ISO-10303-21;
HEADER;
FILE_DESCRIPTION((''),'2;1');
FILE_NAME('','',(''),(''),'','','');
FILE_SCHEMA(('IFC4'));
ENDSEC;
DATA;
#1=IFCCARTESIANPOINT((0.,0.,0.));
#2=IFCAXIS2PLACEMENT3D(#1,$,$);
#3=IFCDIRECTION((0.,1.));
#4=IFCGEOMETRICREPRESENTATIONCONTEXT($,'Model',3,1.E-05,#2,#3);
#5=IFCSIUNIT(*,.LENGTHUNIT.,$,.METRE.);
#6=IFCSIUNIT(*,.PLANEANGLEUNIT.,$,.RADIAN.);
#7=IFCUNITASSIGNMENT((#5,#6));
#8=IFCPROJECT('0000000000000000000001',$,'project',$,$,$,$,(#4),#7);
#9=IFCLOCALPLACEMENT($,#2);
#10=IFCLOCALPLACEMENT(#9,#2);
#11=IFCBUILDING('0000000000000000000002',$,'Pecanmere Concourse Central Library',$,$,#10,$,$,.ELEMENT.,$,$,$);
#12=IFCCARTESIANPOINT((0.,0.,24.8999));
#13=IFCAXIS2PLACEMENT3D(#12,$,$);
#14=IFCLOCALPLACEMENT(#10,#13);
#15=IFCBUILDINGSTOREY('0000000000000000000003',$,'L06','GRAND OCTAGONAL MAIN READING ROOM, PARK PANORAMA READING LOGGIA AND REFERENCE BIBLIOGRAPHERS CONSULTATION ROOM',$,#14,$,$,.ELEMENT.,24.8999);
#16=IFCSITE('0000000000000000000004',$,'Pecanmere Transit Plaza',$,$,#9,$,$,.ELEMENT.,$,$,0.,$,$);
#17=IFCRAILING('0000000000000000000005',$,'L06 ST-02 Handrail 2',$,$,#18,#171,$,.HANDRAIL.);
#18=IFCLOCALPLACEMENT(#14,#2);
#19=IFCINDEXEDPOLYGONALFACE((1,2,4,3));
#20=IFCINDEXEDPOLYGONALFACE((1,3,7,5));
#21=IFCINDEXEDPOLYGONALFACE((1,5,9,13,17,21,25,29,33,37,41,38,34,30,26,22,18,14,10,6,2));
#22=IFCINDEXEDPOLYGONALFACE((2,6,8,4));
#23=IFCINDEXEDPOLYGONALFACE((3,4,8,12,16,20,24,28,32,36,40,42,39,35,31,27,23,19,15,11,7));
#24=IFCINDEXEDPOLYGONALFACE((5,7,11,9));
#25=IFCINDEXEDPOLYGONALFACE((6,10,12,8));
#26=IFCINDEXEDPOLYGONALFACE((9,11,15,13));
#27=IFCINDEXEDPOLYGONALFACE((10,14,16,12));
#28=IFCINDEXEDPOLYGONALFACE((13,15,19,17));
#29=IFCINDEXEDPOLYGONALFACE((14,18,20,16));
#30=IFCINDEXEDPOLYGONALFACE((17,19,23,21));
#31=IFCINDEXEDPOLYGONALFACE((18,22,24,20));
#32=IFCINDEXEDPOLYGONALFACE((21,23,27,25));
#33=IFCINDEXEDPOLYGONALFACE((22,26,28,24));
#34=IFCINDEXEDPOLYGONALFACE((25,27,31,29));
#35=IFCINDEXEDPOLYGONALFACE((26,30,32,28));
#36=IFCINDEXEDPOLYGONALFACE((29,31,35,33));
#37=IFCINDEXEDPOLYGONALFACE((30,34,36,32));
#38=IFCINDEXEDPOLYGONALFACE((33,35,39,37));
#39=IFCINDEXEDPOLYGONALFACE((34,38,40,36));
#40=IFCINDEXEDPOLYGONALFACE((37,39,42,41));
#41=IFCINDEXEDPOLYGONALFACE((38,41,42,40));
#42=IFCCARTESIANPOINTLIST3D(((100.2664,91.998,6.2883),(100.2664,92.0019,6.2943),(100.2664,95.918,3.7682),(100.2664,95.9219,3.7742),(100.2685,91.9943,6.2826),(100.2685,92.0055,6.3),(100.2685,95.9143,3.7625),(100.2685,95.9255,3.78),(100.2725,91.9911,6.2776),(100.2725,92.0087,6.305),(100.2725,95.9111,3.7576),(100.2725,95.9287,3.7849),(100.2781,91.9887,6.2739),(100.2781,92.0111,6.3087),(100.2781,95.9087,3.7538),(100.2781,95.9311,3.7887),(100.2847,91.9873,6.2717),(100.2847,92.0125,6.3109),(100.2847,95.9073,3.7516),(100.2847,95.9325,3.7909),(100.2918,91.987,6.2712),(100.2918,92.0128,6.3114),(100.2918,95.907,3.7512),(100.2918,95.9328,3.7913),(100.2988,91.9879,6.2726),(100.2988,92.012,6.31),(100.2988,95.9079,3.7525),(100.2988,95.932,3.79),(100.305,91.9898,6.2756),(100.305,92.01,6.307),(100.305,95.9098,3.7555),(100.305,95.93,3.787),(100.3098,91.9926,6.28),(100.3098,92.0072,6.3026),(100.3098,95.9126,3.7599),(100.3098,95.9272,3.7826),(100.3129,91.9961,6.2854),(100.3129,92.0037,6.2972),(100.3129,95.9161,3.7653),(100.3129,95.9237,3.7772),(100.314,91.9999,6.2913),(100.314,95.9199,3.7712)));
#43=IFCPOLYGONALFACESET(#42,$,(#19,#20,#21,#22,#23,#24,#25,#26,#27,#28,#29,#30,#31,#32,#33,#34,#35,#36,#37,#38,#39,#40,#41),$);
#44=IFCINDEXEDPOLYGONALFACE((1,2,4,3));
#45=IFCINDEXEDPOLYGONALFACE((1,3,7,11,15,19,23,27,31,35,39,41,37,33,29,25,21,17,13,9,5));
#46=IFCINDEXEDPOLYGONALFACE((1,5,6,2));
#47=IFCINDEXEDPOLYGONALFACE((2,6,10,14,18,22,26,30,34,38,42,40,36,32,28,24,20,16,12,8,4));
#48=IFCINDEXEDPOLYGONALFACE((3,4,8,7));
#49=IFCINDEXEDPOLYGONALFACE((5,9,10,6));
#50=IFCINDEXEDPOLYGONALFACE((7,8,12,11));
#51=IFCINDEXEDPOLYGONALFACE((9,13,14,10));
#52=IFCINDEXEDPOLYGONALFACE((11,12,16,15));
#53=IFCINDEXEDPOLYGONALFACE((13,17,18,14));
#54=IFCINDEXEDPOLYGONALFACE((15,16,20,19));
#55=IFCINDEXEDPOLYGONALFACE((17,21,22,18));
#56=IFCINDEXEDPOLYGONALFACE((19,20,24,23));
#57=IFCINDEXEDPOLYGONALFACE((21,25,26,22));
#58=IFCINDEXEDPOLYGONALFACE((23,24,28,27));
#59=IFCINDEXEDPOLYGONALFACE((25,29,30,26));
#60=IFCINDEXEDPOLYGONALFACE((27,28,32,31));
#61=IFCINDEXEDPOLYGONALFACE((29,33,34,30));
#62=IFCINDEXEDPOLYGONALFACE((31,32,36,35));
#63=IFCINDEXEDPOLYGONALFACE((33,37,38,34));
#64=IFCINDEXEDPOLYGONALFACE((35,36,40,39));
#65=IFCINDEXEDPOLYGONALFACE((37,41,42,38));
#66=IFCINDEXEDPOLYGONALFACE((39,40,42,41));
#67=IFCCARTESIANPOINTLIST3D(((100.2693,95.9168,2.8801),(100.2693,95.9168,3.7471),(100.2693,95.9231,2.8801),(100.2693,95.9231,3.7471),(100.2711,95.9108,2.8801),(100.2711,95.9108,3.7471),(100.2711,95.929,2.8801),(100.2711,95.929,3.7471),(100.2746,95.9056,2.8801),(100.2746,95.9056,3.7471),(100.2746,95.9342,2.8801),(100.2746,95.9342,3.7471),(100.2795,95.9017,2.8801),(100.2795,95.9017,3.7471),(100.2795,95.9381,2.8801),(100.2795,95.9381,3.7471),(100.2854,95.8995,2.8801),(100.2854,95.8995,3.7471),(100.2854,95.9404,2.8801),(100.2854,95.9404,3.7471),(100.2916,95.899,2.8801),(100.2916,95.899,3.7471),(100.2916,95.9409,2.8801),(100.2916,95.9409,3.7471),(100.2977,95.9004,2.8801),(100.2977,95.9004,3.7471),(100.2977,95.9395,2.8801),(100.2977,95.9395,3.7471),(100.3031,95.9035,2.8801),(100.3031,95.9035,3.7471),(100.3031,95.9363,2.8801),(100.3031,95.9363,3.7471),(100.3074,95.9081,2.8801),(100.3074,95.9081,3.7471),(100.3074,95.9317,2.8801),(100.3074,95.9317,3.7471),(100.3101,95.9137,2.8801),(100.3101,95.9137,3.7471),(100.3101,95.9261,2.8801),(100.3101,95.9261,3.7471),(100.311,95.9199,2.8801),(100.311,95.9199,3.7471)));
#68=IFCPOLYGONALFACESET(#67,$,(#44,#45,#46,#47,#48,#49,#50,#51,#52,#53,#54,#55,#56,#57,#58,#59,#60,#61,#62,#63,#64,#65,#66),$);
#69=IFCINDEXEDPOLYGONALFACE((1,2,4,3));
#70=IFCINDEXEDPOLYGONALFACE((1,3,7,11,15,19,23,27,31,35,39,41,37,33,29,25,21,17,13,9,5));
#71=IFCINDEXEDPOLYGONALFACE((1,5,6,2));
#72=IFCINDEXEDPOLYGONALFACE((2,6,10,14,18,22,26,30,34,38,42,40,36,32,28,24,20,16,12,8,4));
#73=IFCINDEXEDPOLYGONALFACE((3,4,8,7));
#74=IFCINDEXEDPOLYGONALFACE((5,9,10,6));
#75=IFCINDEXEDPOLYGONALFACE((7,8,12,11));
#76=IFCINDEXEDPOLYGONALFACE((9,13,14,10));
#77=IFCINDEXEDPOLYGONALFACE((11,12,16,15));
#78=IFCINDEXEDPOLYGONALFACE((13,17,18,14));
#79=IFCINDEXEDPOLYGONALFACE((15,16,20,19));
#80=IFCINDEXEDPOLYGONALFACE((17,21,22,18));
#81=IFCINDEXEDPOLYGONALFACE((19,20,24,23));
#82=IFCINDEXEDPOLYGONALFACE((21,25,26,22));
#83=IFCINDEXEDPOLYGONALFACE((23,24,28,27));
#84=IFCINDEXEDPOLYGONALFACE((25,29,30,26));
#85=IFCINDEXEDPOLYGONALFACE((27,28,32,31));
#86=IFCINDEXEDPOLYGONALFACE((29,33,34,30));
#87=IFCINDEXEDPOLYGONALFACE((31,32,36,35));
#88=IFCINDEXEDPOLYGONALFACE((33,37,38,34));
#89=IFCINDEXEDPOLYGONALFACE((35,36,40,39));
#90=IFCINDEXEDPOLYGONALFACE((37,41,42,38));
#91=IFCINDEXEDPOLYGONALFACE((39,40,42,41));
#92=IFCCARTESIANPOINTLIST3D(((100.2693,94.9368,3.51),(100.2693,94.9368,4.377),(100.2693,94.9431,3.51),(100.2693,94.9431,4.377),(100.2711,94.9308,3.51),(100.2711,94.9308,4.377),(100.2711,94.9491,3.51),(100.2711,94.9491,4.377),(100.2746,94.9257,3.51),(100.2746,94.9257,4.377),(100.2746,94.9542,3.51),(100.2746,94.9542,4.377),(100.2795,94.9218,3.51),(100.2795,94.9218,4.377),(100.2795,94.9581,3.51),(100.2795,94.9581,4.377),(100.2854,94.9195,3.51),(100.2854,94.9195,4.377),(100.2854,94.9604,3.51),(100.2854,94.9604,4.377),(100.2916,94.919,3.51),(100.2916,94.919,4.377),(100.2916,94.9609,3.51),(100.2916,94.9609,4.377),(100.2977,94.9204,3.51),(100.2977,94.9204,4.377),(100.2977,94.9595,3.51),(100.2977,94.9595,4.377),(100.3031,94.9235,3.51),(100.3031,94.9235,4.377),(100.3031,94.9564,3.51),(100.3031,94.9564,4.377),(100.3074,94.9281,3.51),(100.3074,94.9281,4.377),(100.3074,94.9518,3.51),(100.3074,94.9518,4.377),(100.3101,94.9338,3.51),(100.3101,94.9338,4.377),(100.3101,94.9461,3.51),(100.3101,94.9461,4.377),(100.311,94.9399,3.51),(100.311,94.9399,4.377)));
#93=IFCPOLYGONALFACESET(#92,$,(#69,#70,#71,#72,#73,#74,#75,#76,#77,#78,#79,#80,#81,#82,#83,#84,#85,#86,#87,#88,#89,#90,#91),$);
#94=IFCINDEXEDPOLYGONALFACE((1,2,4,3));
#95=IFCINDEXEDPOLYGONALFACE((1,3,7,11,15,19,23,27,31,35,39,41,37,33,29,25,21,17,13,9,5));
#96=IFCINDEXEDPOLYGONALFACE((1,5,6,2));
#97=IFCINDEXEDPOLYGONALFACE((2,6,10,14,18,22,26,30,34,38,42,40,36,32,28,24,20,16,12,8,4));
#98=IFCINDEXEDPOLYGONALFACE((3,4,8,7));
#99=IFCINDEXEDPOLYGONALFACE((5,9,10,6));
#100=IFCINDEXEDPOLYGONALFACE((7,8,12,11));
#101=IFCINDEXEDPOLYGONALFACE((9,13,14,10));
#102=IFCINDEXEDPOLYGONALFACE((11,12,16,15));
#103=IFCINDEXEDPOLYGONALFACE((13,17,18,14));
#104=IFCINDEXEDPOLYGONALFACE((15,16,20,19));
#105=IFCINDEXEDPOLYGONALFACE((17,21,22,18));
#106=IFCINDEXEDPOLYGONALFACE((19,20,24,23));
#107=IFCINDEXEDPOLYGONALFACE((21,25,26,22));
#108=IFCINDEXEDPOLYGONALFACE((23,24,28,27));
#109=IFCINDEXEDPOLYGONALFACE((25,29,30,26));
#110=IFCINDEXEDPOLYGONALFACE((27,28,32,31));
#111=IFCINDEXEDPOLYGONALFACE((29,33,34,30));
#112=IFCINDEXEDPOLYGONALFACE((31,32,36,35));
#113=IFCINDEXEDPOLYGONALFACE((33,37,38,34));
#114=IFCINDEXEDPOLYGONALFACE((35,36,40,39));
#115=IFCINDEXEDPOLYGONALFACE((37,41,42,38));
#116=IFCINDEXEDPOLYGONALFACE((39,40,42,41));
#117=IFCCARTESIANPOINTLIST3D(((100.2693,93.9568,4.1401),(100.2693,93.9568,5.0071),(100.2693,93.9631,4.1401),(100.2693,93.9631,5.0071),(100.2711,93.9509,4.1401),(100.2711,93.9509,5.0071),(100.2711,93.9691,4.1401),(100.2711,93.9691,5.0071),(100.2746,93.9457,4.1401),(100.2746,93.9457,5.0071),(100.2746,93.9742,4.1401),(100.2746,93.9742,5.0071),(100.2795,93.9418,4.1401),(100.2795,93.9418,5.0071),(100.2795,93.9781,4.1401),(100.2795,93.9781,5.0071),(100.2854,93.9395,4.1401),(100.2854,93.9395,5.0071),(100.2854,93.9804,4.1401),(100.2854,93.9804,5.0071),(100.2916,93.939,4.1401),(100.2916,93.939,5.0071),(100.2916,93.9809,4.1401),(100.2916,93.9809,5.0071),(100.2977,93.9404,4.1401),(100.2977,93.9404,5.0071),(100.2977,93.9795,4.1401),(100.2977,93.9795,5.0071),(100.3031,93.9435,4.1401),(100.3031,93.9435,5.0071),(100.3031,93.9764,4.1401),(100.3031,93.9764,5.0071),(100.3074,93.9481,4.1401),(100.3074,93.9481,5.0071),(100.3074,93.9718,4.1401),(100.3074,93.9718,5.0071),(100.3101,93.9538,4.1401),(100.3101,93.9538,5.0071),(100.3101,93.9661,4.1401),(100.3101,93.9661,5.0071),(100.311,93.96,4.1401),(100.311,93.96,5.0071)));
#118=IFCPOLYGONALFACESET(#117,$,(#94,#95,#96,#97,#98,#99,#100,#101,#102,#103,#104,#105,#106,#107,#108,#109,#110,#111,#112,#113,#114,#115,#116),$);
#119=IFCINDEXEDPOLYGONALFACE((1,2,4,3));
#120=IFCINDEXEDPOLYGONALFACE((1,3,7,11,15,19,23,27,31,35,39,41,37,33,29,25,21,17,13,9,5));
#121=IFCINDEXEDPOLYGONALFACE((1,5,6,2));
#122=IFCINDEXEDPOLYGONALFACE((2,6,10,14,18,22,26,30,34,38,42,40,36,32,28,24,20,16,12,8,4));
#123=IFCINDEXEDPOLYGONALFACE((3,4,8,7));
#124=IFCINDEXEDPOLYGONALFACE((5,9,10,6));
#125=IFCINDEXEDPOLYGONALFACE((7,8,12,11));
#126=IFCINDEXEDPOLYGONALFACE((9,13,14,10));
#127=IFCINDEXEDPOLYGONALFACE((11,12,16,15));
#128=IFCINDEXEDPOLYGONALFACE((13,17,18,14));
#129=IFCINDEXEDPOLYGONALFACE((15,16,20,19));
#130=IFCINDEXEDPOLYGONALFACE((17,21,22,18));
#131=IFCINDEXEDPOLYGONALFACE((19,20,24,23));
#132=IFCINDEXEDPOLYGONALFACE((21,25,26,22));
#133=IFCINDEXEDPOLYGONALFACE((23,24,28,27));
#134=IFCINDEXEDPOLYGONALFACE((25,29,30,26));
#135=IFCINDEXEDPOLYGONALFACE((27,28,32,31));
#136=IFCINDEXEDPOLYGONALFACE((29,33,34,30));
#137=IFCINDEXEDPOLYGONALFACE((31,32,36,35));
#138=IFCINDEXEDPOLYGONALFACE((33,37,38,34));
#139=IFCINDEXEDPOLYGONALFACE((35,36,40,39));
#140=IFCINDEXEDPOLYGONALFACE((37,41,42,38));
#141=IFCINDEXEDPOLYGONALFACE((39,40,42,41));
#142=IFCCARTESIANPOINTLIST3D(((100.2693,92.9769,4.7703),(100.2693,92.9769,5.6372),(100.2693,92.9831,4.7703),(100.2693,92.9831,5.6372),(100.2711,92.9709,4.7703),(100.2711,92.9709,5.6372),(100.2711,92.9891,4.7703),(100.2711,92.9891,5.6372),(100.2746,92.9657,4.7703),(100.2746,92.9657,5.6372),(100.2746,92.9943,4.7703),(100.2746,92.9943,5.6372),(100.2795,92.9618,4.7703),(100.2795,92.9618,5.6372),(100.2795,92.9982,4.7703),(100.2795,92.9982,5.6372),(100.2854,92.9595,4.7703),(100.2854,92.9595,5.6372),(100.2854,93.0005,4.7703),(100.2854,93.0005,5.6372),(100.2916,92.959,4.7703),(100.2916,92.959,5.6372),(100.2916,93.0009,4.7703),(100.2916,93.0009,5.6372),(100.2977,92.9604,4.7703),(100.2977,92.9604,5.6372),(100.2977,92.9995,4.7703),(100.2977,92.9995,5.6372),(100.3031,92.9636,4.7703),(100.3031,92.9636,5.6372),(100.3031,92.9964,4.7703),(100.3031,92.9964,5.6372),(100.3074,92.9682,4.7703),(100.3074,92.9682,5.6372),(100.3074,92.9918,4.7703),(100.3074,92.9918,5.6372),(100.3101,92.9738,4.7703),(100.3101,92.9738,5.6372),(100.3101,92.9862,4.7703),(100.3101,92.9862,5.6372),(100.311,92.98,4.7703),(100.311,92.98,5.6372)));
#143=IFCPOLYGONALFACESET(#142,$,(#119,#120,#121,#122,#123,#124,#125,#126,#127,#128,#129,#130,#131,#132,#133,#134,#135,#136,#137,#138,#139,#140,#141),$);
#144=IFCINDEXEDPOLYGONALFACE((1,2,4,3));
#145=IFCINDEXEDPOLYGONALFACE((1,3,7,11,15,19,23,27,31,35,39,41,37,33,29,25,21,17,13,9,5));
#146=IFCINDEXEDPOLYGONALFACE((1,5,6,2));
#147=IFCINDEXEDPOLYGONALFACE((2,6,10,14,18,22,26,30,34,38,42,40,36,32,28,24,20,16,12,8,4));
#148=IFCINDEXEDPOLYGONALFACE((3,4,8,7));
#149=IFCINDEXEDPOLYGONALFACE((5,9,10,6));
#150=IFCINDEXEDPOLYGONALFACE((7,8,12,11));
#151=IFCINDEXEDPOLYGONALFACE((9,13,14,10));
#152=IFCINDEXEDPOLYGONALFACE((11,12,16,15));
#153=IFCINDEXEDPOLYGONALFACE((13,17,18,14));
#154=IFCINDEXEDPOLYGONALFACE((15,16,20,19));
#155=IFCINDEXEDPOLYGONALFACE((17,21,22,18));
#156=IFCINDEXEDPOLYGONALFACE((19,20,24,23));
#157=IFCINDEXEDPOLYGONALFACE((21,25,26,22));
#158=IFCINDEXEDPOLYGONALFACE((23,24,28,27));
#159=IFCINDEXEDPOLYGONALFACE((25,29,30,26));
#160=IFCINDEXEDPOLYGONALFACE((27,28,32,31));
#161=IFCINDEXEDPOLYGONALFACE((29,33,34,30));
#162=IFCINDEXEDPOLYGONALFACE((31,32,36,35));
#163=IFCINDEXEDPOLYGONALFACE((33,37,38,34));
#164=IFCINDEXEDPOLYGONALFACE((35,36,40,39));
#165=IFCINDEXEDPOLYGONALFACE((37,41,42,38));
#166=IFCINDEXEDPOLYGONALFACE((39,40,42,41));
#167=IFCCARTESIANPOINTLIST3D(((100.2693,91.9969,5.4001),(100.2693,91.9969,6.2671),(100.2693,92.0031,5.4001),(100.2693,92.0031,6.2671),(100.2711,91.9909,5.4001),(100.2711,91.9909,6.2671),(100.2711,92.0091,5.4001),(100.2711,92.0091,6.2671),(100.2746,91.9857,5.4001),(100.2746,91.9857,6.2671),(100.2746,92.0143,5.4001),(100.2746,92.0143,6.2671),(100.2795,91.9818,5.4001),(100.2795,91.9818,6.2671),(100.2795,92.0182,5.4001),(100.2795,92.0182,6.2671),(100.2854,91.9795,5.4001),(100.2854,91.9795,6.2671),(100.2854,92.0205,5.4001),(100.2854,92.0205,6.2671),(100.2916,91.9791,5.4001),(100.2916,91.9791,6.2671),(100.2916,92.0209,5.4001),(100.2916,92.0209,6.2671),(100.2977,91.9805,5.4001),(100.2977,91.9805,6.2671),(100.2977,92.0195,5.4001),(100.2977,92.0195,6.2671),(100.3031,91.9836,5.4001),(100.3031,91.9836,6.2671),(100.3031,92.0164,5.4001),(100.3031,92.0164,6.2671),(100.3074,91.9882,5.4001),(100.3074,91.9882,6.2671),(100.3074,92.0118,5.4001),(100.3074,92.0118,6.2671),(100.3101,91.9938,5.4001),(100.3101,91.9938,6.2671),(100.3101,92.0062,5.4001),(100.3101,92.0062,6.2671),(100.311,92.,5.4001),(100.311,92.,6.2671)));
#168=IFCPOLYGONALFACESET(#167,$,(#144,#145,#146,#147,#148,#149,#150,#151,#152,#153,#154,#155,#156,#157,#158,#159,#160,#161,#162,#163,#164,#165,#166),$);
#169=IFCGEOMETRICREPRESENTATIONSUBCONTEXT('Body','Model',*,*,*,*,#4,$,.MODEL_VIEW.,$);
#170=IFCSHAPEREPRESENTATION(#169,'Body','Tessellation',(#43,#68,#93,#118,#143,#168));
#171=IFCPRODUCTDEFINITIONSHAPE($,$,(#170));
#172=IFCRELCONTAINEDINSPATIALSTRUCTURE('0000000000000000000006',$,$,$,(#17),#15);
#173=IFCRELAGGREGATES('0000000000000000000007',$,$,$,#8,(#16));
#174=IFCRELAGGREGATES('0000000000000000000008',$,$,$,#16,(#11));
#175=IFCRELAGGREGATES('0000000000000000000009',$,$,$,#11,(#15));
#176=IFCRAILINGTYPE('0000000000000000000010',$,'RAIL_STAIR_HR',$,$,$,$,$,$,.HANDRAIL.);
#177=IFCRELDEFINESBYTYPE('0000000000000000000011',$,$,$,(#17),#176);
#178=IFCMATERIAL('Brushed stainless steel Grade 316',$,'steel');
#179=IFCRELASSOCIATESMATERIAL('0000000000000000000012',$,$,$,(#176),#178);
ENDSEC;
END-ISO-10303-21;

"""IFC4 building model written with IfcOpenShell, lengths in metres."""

from ifc_helpers import new_model, si_unit, direction, frame, origin, origin_2d, place, context, subcontext, project, spatial, circle, extrude, material, type_object, element, save


model = new_model("IFC4")

# Units and contexts
model_context = context("Model", 3, precision=1e-05, world=origin(), true_north=direction((0.0, 1.0)))
body_context = subcontext(model_context, "Body", "Model", "MODEL_VIEW")
ifc_project = project(units=[si_unit("LENGTHUNIT", "METRE"), si_unit("PLANEANGLEUNIT", "RADIAN")], contexts=[model_context])

# Site, building, storey
site_placement = place(None, origin())
site = spatial("IfcSite", under=ifc_project, at=site_placement, Name="Pecanmere Transit Plaza", CompositionType="ELEMENT", RefElevation=0.0)
building_placement = place(site_placement, origin())
building = spatial("IfcBuilding", under=site, at=building_placement, Name="Pecanmere Concourse Central Library", CompositionType="ELEMENT")
storey_placement = place(building_placement, frame((0.0, 0.0, 24.8999)))
storey = spatial("IfcBuildingStorey", under=building, at=storey_placement, Name="L06", Description="GRAND OCTAGONAL MAIN READING ROOM, PARK PANORAMA READING LOGGIA AND REFERENCE BIBLIOGRAPHERS CONSULTATION ROOM", CompositionType="ELEMENT", Elevation=24.8999)

# Railing
ifc_material_1 = material(Name="Brushed stainless steel Grade 316", Category="steel")
railing_type_1 = type_object("IfcRailingType", Name="RAIL_STAIR_HR", PredefinedType="HANDRAIL", material=ifc_material_1)
railing_1_placement = place(storey_placement, frame((100.29, 95.9199, 2.8801)))
element("IfcRailing", 1, at=railing_1_placement, inside=storey, type_object=railing_type_1, Name="L06 ST-02 Handrail 2", PredefinedType="HANDRAIL", context=body_context, shape_type="SweptSolid", body=[
    extrude(circle(Radius=0.0239, at=origin_2d()), frame((0.0, 0.0, 0.8911), z_axis=(0.0, -0.841172, 0.540768), x_axis=(1.0, 0.0, 0.0)), (0.0, 0.0, 1.0), 4.6602),
    extrude(circle(Radius=0.021, at=origin_2d()), origin(), (0.0, 0.0, 1.0), 0.8669),
    extrude(circle(Radius=0.021, at=origin_2d()), frame((0.0, -0.98, 0.6299)), (0.0, 0.0, 1.0), 0.8669),
    extrude(circle(Radius=0.021, at=origin_2d()), frame((0.0, -1.96, 1.26)), (0.0, 0.0, 1.0), 0.8669),
    extrude(circle(Radius=0.021, at=origin_2d()), frame((0.0, -2.9399, 1.8901)), (0.0, 0.0, 1.0), 0.8669),
    extrude(circle(Radius=0.021, at=origin_2d()), frame((0.0, -3.9199, 2.52)), (0.0, 0.0, 1.0), 0.8669),
])

save(model, "model.ifc")
